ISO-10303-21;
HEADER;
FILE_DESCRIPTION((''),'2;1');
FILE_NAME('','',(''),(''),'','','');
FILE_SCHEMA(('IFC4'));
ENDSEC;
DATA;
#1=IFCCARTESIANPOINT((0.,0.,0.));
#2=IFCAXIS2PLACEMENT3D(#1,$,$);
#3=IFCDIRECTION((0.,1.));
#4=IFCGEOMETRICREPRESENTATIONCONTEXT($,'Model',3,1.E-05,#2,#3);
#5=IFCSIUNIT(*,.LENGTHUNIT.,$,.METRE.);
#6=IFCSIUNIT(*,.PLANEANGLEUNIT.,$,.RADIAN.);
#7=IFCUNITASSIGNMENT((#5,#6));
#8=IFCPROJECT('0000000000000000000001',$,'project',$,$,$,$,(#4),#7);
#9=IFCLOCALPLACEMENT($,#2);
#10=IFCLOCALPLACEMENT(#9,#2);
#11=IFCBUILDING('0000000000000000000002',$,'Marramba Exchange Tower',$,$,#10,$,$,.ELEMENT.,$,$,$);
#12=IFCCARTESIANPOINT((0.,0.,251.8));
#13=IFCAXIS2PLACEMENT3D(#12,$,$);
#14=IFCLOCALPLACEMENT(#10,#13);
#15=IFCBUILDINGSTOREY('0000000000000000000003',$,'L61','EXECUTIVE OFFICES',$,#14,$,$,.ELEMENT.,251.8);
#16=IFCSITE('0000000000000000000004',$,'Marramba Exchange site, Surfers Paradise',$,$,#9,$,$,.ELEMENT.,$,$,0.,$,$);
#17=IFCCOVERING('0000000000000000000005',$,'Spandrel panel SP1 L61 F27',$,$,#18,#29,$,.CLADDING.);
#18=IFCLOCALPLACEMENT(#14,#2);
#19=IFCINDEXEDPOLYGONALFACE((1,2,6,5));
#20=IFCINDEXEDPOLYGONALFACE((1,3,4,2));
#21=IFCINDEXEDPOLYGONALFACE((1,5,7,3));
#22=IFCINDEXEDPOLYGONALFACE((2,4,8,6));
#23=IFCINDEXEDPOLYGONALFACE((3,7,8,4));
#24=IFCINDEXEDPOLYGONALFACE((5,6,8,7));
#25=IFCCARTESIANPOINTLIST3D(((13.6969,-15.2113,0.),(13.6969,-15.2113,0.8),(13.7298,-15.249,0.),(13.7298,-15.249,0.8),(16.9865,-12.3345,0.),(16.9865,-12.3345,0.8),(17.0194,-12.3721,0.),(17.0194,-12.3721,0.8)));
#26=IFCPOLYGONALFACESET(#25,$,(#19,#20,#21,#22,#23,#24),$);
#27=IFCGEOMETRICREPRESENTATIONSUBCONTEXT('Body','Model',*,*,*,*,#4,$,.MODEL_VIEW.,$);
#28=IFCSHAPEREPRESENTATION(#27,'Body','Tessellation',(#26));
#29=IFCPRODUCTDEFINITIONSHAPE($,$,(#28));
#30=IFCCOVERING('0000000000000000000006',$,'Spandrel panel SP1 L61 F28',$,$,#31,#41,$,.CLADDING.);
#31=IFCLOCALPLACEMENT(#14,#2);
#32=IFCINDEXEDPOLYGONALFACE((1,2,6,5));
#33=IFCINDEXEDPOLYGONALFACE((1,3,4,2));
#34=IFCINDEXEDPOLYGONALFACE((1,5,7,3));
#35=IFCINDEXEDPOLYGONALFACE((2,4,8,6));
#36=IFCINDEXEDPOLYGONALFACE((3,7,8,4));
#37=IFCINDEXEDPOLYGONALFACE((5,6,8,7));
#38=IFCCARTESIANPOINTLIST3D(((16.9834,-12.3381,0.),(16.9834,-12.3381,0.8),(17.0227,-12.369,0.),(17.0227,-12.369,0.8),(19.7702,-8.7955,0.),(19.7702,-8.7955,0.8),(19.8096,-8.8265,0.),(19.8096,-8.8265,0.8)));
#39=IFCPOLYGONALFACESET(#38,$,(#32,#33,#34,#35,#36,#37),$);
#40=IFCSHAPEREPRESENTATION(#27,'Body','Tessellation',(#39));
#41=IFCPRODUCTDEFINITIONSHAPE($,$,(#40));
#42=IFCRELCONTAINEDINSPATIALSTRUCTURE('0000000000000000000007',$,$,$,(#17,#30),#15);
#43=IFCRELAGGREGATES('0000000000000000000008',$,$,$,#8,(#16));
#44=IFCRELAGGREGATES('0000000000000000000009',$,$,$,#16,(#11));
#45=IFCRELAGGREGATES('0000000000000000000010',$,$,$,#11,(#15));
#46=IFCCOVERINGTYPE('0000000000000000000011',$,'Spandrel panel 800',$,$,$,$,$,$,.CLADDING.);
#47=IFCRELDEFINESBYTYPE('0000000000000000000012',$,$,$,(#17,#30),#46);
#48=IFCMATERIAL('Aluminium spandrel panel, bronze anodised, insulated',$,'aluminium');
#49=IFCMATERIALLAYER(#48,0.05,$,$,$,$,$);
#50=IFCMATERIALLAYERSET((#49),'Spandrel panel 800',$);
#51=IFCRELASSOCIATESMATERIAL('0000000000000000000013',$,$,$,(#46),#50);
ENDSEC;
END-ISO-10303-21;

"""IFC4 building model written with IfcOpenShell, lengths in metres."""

from ifc_helpers import new_model, si_unit, direction, frame, origin, origin_2d, place, context, subcontext, project, spatial, rectangle, extrude, material, layer, layer_set, type_object, element, save


model = new_model("IFC4")

# Units and contexts
model_context = context("Model", 3, precision=1e-05, world=origin(), true_north=direction((0.0, 1.0)))
body_context = subcontext(model_context, "Body", "Model", "MODEL_VIEW")
ifc_project = project(units=[si_unit("LENGTHUNIT", "METRE"), si_unit("PLANEANGLEUNIT", "RADIAN")], contexts=[model_context])

# Site, building, storey
site_placement = place(None, origin())
site = spatial("IfcSite", under=ifc_project, at=site_placement, Name="Marramba Exchange site, Surfers Paradise", CompositionType="ELEMENT", RefElevation=0.0)
building_placement = place(site_placement, origin())
building = spatial("IfcBuilding", under=site, at=building_placement, Name="Marramba Exchange Tower", CompositionType="ELEMENT")
storey_placement = place(building_placement, frame((0.0, 0.0, 251.8)))
storey = spatial("IfcBuildingStorey", under=building, at=storey_placement, Name="L61", Description="EXECUTIVE OFFICES", CompositionType="ELEMENT", Elevation=251.8)

# Coverings
ifc_material_1 = material(Name="Aluminium spandrel panel, bronze anodised, insulated", Category="aluminium")
ifc_layer_1 = layer(ifc_material_1, 0.05)
ifc_layer_set_1 = layer_set([ifc_layer_1], Name="Spandrel panel 800")
covering_type = type_object("IfcCoveringType", Name="Spandrel panel 800", PredefinedType="CLADDING", material=ifc_layer_set_1)
covering_1_placement = place(storey_placement, frame((15.3582, -13.7917, 0.0), z_axis=(0.0, 0.0, 1.0), x_axis=(0.752751, 0.658305, 0.0)))
element("IfcCovering", 1, at=covering_1_placement, inside=storey, type_object=covering_type, Name="Spandrel panel SP1 L61 F27", PredefinedType="CLADDING", context=body_context, shape_type="SweptSolid", body=[
    extrude(rectangle(XDim=4.3701, YDim=0.05, at=origin_2d()), origin(), (0.0, 0.0, 1.0), 0.8),
])
covering_2_placement = place(storey_placement, frame((18.3965, -10.5823, 0.0), z_axis=(0.0, 0.0, 1.0), x_axis=(0.618291, 0.78595, 0.0)))
element("IfcCovering", 2, at=covering_2_placement, inside=storey, type_object=covering_type, Name="Spandrel panel SP1 L61 F28", PredefinedType="CLADDING", context=body_context, shape_type="SweptSolid", body=[
    extrude(rectangle(XDim=4.5073, YDim=0.05, at=origin_2d()), origin(), (0.0, 0.0, 1.0), 0.8),
])

save(model, "model.ifc")
